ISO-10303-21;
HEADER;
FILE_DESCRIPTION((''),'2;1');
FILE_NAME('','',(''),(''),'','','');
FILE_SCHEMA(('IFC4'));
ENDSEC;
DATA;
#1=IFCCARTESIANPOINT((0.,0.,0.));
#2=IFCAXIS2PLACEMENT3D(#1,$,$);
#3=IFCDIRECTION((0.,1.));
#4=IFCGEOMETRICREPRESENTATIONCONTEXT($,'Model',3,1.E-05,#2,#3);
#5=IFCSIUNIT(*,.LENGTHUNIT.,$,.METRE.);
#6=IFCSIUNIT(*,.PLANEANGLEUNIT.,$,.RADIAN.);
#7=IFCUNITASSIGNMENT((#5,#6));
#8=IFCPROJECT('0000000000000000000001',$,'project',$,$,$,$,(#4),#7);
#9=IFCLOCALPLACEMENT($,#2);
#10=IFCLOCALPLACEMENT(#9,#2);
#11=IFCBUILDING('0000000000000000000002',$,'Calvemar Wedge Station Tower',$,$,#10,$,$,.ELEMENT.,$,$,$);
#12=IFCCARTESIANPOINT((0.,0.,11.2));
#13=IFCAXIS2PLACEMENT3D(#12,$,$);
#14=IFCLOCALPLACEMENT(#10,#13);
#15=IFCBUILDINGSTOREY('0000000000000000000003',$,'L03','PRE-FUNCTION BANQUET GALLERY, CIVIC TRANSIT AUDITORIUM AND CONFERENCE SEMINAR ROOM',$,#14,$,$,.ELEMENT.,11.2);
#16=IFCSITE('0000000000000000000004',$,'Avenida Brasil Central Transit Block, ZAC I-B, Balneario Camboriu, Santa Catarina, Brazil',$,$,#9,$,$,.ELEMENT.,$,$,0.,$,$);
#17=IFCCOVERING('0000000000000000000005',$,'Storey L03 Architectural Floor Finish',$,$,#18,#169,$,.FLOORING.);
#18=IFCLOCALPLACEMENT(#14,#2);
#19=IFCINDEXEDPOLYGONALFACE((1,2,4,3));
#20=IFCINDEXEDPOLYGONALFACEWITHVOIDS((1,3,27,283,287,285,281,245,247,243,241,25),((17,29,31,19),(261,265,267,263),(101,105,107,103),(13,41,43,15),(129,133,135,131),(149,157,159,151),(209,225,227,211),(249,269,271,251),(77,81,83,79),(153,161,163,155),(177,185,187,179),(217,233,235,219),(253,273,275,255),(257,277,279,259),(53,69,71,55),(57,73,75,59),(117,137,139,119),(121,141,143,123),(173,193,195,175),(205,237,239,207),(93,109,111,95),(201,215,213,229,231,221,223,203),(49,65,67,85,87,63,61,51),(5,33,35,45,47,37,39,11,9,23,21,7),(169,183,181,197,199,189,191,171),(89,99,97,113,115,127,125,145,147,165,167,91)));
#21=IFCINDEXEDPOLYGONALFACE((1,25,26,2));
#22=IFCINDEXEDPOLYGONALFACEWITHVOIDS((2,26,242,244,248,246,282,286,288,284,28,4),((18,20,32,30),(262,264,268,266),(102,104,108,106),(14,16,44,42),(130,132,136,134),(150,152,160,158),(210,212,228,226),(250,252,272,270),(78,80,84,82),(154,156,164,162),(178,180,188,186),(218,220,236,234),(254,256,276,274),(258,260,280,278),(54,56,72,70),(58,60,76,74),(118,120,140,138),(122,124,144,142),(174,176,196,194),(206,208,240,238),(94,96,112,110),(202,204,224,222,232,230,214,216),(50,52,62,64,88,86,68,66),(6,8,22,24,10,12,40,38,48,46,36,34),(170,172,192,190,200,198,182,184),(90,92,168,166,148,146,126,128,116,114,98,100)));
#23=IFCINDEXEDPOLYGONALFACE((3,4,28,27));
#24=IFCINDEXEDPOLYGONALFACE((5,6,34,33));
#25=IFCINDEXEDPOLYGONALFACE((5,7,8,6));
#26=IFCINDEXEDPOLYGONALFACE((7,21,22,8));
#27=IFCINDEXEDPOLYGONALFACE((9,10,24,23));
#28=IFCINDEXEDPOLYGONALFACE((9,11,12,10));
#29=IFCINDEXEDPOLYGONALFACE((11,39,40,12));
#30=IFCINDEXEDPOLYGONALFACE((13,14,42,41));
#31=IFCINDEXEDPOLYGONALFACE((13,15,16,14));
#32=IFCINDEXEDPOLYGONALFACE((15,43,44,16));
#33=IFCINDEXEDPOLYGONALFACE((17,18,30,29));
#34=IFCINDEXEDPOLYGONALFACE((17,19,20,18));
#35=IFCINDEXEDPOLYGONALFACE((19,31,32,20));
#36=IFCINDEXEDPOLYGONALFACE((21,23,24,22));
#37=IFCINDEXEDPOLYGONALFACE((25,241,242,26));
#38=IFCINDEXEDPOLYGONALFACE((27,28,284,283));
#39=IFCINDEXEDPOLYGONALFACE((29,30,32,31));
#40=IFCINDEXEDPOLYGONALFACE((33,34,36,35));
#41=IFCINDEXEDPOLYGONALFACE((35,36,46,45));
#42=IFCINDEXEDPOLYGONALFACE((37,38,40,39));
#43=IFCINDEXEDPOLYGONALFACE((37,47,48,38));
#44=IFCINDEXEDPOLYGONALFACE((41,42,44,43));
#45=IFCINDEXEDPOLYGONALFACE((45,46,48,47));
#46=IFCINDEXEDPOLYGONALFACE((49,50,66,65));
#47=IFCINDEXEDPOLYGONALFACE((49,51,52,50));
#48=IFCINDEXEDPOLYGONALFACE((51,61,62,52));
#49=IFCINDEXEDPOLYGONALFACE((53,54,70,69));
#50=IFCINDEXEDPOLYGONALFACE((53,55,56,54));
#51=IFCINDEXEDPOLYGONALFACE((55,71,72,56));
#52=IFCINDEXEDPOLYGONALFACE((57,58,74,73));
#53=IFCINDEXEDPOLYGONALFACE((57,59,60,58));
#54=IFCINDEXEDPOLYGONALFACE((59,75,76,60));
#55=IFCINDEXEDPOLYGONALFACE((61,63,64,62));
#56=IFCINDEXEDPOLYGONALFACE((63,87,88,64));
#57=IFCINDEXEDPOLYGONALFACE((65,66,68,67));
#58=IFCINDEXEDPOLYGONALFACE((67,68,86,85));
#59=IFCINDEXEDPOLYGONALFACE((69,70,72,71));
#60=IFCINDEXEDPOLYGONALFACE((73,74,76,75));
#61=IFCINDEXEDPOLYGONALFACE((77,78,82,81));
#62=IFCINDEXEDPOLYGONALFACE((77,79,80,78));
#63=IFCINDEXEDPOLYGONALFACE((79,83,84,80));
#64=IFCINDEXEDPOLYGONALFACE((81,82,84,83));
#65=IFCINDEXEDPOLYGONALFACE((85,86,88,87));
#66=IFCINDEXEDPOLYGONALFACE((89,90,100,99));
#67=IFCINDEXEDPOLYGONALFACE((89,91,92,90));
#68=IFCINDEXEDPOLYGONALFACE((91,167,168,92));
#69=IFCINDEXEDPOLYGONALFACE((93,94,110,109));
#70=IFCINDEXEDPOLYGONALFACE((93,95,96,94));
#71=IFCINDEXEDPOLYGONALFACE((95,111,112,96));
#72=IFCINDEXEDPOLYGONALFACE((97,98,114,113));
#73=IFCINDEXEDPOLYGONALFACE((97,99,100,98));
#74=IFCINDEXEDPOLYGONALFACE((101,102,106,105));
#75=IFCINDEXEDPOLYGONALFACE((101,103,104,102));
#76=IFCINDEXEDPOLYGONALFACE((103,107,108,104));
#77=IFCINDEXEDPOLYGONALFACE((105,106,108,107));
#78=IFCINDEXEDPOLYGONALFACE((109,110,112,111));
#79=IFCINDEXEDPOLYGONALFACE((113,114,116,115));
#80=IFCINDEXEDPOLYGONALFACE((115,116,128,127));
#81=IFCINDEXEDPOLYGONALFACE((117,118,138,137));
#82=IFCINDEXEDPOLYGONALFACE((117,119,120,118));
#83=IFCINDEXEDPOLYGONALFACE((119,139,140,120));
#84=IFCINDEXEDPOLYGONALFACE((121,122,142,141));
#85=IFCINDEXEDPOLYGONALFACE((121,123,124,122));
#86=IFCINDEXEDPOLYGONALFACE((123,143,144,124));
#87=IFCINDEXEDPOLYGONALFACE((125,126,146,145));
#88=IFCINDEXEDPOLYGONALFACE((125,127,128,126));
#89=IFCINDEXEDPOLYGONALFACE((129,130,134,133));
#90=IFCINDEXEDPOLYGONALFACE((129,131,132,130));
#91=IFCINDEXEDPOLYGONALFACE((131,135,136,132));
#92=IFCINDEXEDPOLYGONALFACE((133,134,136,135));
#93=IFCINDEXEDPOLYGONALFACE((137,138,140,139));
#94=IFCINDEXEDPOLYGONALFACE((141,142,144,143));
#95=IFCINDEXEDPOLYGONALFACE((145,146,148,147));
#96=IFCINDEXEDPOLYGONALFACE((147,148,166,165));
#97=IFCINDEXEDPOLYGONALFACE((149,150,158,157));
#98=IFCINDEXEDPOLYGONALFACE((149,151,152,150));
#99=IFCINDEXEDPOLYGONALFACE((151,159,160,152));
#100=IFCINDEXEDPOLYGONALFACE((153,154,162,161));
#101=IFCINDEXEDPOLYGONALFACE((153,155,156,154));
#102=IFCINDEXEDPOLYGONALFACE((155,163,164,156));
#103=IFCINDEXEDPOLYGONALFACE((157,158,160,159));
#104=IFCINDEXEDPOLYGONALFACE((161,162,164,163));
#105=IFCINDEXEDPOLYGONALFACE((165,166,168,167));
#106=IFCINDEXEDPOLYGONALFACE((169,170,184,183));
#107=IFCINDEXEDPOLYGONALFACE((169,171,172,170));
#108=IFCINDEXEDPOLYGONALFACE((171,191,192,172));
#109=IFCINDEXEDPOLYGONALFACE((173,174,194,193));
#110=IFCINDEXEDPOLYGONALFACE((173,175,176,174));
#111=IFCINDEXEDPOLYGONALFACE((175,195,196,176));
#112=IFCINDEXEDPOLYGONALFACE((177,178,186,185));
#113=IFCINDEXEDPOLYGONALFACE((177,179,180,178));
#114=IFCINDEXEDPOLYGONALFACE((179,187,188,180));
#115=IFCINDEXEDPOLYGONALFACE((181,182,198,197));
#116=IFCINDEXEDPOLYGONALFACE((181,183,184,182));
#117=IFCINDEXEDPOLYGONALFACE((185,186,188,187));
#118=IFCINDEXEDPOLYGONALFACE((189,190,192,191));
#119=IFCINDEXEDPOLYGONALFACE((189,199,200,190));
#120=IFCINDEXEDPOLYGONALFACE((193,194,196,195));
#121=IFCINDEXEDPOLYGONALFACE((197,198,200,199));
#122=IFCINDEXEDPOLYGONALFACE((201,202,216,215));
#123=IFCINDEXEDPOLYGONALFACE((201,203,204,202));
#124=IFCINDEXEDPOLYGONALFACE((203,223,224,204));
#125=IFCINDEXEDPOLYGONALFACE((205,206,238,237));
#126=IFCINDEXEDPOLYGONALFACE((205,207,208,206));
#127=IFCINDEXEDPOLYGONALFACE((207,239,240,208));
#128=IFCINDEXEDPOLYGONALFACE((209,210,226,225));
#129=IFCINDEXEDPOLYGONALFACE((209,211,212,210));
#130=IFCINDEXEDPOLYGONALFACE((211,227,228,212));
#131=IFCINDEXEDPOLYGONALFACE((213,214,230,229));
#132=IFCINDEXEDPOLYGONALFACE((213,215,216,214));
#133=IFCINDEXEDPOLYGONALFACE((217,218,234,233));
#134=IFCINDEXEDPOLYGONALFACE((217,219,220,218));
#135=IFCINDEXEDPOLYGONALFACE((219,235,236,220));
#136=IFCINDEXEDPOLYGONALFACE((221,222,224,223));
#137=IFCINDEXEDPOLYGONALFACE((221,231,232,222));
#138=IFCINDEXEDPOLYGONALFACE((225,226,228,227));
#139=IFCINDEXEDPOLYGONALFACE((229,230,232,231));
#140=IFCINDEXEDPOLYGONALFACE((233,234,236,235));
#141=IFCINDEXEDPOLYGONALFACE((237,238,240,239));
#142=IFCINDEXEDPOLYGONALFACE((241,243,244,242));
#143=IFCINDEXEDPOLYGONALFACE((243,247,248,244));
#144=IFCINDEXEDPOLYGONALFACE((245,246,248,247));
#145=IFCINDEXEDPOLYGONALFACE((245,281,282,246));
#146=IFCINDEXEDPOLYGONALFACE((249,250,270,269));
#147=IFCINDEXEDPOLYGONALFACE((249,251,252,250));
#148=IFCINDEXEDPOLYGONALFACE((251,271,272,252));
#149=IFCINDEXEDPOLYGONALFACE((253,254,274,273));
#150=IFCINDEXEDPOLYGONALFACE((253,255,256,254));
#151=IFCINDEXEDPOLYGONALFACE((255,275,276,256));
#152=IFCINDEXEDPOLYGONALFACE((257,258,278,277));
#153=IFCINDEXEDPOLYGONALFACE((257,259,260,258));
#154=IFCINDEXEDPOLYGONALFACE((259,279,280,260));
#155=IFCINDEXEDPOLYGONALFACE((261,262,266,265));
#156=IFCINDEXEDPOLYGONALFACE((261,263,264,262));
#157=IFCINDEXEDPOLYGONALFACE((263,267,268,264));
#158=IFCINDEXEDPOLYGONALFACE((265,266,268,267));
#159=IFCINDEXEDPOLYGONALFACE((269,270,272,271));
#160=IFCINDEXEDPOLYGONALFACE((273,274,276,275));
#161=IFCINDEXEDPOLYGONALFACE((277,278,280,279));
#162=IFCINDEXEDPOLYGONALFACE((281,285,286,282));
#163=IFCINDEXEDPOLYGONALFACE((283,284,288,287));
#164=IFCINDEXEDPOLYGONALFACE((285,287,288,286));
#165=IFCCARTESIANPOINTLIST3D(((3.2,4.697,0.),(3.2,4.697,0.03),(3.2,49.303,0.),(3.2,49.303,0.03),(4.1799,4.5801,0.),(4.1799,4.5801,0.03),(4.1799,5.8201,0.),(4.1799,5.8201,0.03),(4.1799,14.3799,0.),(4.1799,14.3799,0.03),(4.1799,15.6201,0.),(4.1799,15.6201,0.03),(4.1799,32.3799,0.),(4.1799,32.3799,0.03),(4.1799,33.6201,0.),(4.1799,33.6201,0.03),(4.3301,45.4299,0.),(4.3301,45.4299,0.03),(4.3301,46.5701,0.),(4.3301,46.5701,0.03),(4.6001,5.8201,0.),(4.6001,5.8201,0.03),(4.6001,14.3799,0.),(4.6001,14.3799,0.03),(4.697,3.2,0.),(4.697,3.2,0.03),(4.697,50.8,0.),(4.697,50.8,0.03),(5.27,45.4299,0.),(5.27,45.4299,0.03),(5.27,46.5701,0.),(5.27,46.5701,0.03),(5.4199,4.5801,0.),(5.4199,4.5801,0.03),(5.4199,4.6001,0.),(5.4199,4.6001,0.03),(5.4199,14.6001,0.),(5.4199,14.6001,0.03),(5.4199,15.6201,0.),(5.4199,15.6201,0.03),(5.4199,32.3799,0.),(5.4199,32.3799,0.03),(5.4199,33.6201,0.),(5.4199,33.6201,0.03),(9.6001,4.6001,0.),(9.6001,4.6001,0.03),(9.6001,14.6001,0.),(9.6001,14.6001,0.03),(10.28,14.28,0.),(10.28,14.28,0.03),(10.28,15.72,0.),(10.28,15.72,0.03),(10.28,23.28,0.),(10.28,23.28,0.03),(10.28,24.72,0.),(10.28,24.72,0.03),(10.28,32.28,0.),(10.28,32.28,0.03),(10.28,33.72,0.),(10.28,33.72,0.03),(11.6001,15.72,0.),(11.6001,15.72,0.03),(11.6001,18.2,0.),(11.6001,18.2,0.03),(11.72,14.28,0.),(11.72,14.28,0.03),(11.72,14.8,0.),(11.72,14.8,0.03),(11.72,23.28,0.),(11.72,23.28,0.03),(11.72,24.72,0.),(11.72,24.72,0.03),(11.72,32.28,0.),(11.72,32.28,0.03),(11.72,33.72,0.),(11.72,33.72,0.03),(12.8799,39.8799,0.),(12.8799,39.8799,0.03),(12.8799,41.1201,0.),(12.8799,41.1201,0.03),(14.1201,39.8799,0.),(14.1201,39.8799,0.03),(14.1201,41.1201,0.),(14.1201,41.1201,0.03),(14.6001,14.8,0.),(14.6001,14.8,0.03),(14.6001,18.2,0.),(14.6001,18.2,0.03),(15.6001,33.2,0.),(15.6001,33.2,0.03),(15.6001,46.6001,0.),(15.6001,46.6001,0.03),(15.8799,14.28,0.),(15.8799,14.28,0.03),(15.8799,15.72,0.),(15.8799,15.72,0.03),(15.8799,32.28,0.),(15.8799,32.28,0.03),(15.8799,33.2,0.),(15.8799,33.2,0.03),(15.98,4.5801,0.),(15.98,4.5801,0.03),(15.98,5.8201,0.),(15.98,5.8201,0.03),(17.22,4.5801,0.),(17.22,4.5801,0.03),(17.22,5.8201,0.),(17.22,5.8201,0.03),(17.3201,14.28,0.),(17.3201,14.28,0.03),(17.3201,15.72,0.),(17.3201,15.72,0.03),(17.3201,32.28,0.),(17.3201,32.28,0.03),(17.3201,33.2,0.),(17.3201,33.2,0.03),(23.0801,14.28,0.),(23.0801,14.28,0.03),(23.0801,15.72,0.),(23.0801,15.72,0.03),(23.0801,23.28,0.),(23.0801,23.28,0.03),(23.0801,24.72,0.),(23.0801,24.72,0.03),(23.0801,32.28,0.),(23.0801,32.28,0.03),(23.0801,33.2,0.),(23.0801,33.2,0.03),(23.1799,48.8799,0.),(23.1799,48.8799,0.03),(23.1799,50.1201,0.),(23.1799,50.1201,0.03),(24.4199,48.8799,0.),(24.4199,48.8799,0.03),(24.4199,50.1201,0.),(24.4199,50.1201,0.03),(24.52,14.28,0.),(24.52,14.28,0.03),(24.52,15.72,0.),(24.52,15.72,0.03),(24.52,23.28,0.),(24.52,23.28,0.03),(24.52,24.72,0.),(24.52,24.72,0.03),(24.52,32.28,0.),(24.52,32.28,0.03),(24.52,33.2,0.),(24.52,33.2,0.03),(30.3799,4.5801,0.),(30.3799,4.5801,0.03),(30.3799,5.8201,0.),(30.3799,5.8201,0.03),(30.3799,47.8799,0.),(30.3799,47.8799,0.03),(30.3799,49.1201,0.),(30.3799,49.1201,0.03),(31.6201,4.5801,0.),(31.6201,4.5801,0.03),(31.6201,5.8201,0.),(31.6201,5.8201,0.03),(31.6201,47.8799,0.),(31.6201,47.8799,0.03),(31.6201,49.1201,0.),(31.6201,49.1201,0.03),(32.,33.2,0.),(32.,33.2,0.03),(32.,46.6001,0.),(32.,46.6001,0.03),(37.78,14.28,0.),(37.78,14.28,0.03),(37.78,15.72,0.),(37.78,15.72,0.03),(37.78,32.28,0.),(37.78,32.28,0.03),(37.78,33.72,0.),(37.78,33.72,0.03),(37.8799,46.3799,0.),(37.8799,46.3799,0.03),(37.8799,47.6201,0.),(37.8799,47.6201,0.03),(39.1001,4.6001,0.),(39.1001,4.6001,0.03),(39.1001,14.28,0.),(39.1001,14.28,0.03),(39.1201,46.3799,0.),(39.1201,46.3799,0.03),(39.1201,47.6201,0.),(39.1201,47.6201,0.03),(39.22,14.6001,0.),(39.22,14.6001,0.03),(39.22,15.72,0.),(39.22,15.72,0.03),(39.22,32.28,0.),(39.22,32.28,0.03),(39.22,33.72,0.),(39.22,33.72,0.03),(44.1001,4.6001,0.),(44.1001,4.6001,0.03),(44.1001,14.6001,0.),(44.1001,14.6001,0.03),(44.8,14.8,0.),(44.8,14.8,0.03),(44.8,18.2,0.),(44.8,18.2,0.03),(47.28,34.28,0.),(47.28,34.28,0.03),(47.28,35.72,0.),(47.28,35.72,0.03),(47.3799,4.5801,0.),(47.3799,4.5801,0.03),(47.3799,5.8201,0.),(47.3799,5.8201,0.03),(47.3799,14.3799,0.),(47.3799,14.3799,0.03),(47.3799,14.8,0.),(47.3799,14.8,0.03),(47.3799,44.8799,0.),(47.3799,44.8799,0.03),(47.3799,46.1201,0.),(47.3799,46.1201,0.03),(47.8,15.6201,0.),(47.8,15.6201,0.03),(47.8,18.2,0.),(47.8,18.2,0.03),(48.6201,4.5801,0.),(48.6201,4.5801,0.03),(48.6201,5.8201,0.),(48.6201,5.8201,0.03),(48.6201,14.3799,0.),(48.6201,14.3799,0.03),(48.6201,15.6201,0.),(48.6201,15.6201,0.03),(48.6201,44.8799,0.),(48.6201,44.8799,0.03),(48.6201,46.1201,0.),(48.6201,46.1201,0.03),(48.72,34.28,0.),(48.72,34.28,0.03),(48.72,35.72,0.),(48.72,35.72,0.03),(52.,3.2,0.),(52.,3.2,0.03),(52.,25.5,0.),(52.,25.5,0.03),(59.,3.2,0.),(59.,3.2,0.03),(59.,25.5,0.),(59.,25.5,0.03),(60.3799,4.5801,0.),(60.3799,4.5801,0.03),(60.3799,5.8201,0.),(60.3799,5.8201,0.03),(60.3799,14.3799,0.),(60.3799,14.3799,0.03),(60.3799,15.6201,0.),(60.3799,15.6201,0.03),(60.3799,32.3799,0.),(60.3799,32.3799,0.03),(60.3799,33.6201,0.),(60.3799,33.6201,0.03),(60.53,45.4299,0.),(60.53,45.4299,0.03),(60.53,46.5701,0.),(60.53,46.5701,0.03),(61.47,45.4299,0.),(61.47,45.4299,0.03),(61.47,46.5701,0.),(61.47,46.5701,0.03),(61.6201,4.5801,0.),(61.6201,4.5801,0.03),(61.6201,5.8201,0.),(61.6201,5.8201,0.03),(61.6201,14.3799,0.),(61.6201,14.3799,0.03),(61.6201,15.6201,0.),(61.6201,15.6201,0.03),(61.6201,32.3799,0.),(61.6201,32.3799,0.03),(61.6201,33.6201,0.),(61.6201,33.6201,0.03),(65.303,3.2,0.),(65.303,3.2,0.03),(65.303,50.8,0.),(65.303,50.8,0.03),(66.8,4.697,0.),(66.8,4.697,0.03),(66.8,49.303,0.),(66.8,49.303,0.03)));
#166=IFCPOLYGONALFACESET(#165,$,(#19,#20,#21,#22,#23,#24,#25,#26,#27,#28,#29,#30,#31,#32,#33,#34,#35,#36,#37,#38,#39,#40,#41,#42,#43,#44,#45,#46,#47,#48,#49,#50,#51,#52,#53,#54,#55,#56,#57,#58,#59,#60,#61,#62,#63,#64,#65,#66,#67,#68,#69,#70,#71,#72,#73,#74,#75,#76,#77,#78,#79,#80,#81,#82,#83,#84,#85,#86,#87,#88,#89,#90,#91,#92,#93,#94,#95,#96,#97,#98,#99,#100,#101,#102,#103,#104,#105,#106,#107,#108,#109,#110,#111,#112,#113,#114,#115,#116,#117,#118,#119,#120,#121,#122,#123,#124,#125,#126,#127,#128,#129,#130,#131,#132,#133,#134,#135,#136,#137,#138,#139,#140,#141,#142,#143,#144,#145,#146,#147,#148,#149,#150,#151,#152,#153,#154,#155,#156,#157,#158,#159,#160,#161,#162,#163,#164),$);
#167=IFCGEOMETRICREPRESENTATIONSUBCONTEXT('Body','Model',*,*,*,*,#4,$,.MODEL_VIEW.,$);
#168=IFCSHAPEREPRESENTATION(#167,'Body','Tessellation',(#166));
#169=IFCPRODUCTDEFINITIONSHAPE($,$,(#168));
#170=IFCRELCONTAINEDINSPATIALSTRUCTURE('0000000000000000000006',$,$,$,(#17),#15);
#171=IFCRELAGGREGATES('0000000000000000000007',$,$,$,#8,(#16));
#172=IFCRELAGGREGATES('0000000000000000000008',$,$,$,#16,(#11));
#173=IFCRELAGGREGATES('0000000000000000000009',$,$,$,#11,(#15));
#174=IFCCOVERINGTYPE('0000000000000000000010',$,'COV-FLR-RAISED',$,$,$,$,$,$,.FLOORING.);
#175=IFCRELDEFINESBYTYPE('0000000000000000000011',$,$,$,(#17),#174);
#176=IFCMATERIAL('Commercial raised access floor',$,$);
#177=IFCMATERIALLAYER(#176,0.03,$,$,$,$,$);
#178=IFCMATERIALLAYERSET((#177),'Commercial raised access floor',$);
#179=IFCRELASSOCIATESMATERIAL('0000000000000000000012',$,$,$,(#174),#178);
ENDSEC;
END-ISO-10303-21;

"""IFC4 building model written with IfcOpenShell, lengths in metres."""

from ifc_helpers import new_model, si_unit, direction, frame, origin, place, context, subcontext, project, spatial, polyline, outline, extrude, material, layer, layer_set, type_object, element, save


model = new_model("IFC4")

# Units and contexts
model_context = context("Model", 3, precision=1e-05, world=origin(), true_north=direction((0.0, 1.0)))
body_context = subcontext(model_context, "Body", "Model", "MODEL_VIEW")
ifc_project = project(units=[si_unit("LENGTHUNIT", "METRE"), si_unit("PLANEANGLEUNIT", "RADIAN")], contexts=[model_context])

# Site, building, storey
site_placement = place(None, origin())
site = spatial("IfcSite", under=ifc_project, at=site_placement, Name="Avenida Brasil Central Transit Block, ZAC I-B, Balneario Camboriu, Santa Catarina, Brazil", CompositionType="ELEMENT", RefElevation=0.0)
building_placement = place(site_placement, origin())
building = spatial("IfcBuilding", under=site, at=building_placement, Name="Calvemar Wedge Station Tower", CompositionType="ELEMENT")
storey_placement = place(building_placement, frame((0.0, 0.0, 11.2)))
storey = spatial("IfcBuildingStorey", under=building, at=storey_placement, Name="L03", Description="PRE-FUNCTION BANQUET GALLERY, CIVIC TRANSIT AUDITORIUM AND CONFERENCE SEMINAR ROOM", CompositionType="ELEMENT", Elevation=11.2)

# Covering
ifc_material_1 = material(Name="Commercial raised access floor")
ifc_layer_1 = layer(ifc_material_1, 0.03)
ifc_layer_set_1 = layer_set([ifc_layer_1], Name="Commercial raised access floor")
covering_type_1 = type_object("IfcCoveringType", Name="COV-FLR-RAISED", PredefinedType="FLOORING", material=ifc_layer_set_1)
covering_1_placement = place(storey_placement, origin())
element("IfcCovering", 1, at=covering_1_placement, inside=storey, type_object=covering_type_1, Name="Storey L03 Architectural Floor Finish", PredefinedType="FLOORING", context=body_context, shape_type="SweptSolid", body=[
    extrude(outline(polyline([(65.303, 50.8), (4.697, 50.8), (3.2, 49.303), (3.2, 4.697), (4.697, 3.2), (52.0, 3.2), (52.0, 25.5), (59.0, 25.5), (59.0, 3.2), (65.303, 3.2), (66.8, 4.697), (66.8, 49.303), (65.303, 50.8)]), holes=[polyline([(15.6001, 46.6001), (32.0, 46.6001), (32.0, 33.2), (24.52, 33.2), (24.52, 32.28), (23.0801, 32.28), (23.0801, 33.2), (17.3201, 33.2), (17.3201, 32.28), (15.8799, 32.28), (15.8799, 33.2), (15.6001, 33.2), (15.6001, 46.6001)]), polyline([(4.6001, 14.3799), (4.1799, 14.3799), (4.1799, 15.6201), (5.4199, 15.6201), (5.4199, 14.6001), (9.6001, 14.6001), (9.6001, 4.6001), (5.4199, 4.6001), (5.4199, 4.5801), (4.1799, 4.5801), (4.1799, 5.8201), (4.6001, 5.8201), (4.6001, 14.3799)]), polyline([(39.22, 14.6001), (44.1001, 14.6001), (44.1001, 4.6001), (39.1001, 4.6001), (39.1001, 14.28), (37.78, 14.28), (37.78, 15.72), (39.22, 15.72), (39.22, 14.6001)]), polyline([(11.72, 14.28), (10.28, 14.28), (10.28, 15.72), (11.6001, 15.72), (11.6001, 18.2), (14.6001, 18.2), (14.6001, 14.8), (11.72, 14.8), (11.72, 14.28)]), polyline([(44.8, 14.8), (44.8, 18.2), (47.8, 18.2), (47.8, 15.6201), (48.6201, 15.6201), (48.6201, 14.3799), (47.3799, 14.3799), (47.3799, 14.8), (44.8, 14.8)]), polyline([(15.98, 5.8201), (17.22, 5.8201), (17.22, 4.5801), (15.98, 4.5801), (15.98, 5.8201)]), polyline([(31.6201, 5.8201), (31.6201, 4.5801), (30.3799, 4.5801), (30.3799, 5.8201), (31.6201, 5.8201)]), polyline([(48.6201, 4.5801), (47.3799, 4.5801), (47.3799, 5.8201), (48.6201, 5.8201), (48.6201, 4.5801)]), polyline([(60.3799, 4.5801), (60.3799, 5.8201), (61.6201, 5.8201), (61.6201, 4.5801), (60.3799, 4.5801)]), polyline([(17.3201, 14.28), (15.8799, 14.28), (15.8799, 15.72), (17.3201, 15.72), (17.3201, 14.28)]), polyline([(23.0801, 14.28), (23.0801, 15.72), (24.52, 15.72), (24.52, 14.28), (23.0801, 14.28)]), polyline([(61.6201, 14.3799), (60.3799, 14.3799), (60.3799, 15.6201), (61.6201, 15.6201), (61.6201, 14.3799)]), polyline([(10.28, 23.28), (10.28, 24.72), (11.72, 24.72), (11.72, 23.28), (10.28, 23.28)]), polyline([(23.0801, 24.72), (24.52, 24.72), (24.52, 23.28), (23.0801, 23.28), (23.0801, 24.72)]), polyline([(5.4199, 33.6201), (5.4199, 32.3799), (4.1799, 32.3799), (4.1799, 33.6201), (5.4199, 33.6201)]), polyline([(11.72, 32.28), (10.28, 32.28), (10.28, 33.72), (11.72, 33.72), (11.72, 32.28)]), polyline([(39.22, 33.72), (39.22, 32.28), (37.78, 32.28), (37.78, 33.72), (39.22, 33.72)]), polyline([(48.72, 34.28), (47.28, 34.28), (47.28, 35.72), (48.72, 35.72), (48.72, 34.28)]), polyline([(60.3799, 32.3799), (60.3799, 33.6201), (61.6201, 33.6201), (61.6201, 32.3799), (60.3799, 32.3799)]), polyline([(4.3301, 46.5701), (5.27, 46.5701), (5.27, 45.4299), (4.3301, 45.4299), (4.3301, 46.5701)]), polyline([(14.1201, 41.1201), (14.1201, 39.8799), (12.8799, 39.8799), (12.8799, 41.1201), (14.1201, 41.1201)]), polyline([(24.4199, 48.8799), (23.1799, 48.8799), (23.1799, 50.1201), (24.4199, 50.1201), (24.4199, 48.8799)]), polyline([(30.3799, 47.8799), (30.3799, 49.1201), (31.6201, 49.1201), (31.6201, 47.8799), (30.3799, 47.8799)]), polyline([(37.8799, 47.6201), (39.1201, 47.6201), (39.1201, 46.3799), (37.8799, 46.3799), (37.8799, 47.6201)]), polyline([(48.6201, 46.1201), (48.6201, 44.8799), (47.3799, 44.8799), (47.3799, 46.1201), (48.6201, 46.1201)]), polyline([(61.47, 45.4299), (60.53, 45.4299), (60.53, 46.5701), (61.47, 46.5701), (61.47, 45.4299)])]), origin(), (0.0, 0.0, 1.0), 0.03),
])

save(model, "model.ifc")
